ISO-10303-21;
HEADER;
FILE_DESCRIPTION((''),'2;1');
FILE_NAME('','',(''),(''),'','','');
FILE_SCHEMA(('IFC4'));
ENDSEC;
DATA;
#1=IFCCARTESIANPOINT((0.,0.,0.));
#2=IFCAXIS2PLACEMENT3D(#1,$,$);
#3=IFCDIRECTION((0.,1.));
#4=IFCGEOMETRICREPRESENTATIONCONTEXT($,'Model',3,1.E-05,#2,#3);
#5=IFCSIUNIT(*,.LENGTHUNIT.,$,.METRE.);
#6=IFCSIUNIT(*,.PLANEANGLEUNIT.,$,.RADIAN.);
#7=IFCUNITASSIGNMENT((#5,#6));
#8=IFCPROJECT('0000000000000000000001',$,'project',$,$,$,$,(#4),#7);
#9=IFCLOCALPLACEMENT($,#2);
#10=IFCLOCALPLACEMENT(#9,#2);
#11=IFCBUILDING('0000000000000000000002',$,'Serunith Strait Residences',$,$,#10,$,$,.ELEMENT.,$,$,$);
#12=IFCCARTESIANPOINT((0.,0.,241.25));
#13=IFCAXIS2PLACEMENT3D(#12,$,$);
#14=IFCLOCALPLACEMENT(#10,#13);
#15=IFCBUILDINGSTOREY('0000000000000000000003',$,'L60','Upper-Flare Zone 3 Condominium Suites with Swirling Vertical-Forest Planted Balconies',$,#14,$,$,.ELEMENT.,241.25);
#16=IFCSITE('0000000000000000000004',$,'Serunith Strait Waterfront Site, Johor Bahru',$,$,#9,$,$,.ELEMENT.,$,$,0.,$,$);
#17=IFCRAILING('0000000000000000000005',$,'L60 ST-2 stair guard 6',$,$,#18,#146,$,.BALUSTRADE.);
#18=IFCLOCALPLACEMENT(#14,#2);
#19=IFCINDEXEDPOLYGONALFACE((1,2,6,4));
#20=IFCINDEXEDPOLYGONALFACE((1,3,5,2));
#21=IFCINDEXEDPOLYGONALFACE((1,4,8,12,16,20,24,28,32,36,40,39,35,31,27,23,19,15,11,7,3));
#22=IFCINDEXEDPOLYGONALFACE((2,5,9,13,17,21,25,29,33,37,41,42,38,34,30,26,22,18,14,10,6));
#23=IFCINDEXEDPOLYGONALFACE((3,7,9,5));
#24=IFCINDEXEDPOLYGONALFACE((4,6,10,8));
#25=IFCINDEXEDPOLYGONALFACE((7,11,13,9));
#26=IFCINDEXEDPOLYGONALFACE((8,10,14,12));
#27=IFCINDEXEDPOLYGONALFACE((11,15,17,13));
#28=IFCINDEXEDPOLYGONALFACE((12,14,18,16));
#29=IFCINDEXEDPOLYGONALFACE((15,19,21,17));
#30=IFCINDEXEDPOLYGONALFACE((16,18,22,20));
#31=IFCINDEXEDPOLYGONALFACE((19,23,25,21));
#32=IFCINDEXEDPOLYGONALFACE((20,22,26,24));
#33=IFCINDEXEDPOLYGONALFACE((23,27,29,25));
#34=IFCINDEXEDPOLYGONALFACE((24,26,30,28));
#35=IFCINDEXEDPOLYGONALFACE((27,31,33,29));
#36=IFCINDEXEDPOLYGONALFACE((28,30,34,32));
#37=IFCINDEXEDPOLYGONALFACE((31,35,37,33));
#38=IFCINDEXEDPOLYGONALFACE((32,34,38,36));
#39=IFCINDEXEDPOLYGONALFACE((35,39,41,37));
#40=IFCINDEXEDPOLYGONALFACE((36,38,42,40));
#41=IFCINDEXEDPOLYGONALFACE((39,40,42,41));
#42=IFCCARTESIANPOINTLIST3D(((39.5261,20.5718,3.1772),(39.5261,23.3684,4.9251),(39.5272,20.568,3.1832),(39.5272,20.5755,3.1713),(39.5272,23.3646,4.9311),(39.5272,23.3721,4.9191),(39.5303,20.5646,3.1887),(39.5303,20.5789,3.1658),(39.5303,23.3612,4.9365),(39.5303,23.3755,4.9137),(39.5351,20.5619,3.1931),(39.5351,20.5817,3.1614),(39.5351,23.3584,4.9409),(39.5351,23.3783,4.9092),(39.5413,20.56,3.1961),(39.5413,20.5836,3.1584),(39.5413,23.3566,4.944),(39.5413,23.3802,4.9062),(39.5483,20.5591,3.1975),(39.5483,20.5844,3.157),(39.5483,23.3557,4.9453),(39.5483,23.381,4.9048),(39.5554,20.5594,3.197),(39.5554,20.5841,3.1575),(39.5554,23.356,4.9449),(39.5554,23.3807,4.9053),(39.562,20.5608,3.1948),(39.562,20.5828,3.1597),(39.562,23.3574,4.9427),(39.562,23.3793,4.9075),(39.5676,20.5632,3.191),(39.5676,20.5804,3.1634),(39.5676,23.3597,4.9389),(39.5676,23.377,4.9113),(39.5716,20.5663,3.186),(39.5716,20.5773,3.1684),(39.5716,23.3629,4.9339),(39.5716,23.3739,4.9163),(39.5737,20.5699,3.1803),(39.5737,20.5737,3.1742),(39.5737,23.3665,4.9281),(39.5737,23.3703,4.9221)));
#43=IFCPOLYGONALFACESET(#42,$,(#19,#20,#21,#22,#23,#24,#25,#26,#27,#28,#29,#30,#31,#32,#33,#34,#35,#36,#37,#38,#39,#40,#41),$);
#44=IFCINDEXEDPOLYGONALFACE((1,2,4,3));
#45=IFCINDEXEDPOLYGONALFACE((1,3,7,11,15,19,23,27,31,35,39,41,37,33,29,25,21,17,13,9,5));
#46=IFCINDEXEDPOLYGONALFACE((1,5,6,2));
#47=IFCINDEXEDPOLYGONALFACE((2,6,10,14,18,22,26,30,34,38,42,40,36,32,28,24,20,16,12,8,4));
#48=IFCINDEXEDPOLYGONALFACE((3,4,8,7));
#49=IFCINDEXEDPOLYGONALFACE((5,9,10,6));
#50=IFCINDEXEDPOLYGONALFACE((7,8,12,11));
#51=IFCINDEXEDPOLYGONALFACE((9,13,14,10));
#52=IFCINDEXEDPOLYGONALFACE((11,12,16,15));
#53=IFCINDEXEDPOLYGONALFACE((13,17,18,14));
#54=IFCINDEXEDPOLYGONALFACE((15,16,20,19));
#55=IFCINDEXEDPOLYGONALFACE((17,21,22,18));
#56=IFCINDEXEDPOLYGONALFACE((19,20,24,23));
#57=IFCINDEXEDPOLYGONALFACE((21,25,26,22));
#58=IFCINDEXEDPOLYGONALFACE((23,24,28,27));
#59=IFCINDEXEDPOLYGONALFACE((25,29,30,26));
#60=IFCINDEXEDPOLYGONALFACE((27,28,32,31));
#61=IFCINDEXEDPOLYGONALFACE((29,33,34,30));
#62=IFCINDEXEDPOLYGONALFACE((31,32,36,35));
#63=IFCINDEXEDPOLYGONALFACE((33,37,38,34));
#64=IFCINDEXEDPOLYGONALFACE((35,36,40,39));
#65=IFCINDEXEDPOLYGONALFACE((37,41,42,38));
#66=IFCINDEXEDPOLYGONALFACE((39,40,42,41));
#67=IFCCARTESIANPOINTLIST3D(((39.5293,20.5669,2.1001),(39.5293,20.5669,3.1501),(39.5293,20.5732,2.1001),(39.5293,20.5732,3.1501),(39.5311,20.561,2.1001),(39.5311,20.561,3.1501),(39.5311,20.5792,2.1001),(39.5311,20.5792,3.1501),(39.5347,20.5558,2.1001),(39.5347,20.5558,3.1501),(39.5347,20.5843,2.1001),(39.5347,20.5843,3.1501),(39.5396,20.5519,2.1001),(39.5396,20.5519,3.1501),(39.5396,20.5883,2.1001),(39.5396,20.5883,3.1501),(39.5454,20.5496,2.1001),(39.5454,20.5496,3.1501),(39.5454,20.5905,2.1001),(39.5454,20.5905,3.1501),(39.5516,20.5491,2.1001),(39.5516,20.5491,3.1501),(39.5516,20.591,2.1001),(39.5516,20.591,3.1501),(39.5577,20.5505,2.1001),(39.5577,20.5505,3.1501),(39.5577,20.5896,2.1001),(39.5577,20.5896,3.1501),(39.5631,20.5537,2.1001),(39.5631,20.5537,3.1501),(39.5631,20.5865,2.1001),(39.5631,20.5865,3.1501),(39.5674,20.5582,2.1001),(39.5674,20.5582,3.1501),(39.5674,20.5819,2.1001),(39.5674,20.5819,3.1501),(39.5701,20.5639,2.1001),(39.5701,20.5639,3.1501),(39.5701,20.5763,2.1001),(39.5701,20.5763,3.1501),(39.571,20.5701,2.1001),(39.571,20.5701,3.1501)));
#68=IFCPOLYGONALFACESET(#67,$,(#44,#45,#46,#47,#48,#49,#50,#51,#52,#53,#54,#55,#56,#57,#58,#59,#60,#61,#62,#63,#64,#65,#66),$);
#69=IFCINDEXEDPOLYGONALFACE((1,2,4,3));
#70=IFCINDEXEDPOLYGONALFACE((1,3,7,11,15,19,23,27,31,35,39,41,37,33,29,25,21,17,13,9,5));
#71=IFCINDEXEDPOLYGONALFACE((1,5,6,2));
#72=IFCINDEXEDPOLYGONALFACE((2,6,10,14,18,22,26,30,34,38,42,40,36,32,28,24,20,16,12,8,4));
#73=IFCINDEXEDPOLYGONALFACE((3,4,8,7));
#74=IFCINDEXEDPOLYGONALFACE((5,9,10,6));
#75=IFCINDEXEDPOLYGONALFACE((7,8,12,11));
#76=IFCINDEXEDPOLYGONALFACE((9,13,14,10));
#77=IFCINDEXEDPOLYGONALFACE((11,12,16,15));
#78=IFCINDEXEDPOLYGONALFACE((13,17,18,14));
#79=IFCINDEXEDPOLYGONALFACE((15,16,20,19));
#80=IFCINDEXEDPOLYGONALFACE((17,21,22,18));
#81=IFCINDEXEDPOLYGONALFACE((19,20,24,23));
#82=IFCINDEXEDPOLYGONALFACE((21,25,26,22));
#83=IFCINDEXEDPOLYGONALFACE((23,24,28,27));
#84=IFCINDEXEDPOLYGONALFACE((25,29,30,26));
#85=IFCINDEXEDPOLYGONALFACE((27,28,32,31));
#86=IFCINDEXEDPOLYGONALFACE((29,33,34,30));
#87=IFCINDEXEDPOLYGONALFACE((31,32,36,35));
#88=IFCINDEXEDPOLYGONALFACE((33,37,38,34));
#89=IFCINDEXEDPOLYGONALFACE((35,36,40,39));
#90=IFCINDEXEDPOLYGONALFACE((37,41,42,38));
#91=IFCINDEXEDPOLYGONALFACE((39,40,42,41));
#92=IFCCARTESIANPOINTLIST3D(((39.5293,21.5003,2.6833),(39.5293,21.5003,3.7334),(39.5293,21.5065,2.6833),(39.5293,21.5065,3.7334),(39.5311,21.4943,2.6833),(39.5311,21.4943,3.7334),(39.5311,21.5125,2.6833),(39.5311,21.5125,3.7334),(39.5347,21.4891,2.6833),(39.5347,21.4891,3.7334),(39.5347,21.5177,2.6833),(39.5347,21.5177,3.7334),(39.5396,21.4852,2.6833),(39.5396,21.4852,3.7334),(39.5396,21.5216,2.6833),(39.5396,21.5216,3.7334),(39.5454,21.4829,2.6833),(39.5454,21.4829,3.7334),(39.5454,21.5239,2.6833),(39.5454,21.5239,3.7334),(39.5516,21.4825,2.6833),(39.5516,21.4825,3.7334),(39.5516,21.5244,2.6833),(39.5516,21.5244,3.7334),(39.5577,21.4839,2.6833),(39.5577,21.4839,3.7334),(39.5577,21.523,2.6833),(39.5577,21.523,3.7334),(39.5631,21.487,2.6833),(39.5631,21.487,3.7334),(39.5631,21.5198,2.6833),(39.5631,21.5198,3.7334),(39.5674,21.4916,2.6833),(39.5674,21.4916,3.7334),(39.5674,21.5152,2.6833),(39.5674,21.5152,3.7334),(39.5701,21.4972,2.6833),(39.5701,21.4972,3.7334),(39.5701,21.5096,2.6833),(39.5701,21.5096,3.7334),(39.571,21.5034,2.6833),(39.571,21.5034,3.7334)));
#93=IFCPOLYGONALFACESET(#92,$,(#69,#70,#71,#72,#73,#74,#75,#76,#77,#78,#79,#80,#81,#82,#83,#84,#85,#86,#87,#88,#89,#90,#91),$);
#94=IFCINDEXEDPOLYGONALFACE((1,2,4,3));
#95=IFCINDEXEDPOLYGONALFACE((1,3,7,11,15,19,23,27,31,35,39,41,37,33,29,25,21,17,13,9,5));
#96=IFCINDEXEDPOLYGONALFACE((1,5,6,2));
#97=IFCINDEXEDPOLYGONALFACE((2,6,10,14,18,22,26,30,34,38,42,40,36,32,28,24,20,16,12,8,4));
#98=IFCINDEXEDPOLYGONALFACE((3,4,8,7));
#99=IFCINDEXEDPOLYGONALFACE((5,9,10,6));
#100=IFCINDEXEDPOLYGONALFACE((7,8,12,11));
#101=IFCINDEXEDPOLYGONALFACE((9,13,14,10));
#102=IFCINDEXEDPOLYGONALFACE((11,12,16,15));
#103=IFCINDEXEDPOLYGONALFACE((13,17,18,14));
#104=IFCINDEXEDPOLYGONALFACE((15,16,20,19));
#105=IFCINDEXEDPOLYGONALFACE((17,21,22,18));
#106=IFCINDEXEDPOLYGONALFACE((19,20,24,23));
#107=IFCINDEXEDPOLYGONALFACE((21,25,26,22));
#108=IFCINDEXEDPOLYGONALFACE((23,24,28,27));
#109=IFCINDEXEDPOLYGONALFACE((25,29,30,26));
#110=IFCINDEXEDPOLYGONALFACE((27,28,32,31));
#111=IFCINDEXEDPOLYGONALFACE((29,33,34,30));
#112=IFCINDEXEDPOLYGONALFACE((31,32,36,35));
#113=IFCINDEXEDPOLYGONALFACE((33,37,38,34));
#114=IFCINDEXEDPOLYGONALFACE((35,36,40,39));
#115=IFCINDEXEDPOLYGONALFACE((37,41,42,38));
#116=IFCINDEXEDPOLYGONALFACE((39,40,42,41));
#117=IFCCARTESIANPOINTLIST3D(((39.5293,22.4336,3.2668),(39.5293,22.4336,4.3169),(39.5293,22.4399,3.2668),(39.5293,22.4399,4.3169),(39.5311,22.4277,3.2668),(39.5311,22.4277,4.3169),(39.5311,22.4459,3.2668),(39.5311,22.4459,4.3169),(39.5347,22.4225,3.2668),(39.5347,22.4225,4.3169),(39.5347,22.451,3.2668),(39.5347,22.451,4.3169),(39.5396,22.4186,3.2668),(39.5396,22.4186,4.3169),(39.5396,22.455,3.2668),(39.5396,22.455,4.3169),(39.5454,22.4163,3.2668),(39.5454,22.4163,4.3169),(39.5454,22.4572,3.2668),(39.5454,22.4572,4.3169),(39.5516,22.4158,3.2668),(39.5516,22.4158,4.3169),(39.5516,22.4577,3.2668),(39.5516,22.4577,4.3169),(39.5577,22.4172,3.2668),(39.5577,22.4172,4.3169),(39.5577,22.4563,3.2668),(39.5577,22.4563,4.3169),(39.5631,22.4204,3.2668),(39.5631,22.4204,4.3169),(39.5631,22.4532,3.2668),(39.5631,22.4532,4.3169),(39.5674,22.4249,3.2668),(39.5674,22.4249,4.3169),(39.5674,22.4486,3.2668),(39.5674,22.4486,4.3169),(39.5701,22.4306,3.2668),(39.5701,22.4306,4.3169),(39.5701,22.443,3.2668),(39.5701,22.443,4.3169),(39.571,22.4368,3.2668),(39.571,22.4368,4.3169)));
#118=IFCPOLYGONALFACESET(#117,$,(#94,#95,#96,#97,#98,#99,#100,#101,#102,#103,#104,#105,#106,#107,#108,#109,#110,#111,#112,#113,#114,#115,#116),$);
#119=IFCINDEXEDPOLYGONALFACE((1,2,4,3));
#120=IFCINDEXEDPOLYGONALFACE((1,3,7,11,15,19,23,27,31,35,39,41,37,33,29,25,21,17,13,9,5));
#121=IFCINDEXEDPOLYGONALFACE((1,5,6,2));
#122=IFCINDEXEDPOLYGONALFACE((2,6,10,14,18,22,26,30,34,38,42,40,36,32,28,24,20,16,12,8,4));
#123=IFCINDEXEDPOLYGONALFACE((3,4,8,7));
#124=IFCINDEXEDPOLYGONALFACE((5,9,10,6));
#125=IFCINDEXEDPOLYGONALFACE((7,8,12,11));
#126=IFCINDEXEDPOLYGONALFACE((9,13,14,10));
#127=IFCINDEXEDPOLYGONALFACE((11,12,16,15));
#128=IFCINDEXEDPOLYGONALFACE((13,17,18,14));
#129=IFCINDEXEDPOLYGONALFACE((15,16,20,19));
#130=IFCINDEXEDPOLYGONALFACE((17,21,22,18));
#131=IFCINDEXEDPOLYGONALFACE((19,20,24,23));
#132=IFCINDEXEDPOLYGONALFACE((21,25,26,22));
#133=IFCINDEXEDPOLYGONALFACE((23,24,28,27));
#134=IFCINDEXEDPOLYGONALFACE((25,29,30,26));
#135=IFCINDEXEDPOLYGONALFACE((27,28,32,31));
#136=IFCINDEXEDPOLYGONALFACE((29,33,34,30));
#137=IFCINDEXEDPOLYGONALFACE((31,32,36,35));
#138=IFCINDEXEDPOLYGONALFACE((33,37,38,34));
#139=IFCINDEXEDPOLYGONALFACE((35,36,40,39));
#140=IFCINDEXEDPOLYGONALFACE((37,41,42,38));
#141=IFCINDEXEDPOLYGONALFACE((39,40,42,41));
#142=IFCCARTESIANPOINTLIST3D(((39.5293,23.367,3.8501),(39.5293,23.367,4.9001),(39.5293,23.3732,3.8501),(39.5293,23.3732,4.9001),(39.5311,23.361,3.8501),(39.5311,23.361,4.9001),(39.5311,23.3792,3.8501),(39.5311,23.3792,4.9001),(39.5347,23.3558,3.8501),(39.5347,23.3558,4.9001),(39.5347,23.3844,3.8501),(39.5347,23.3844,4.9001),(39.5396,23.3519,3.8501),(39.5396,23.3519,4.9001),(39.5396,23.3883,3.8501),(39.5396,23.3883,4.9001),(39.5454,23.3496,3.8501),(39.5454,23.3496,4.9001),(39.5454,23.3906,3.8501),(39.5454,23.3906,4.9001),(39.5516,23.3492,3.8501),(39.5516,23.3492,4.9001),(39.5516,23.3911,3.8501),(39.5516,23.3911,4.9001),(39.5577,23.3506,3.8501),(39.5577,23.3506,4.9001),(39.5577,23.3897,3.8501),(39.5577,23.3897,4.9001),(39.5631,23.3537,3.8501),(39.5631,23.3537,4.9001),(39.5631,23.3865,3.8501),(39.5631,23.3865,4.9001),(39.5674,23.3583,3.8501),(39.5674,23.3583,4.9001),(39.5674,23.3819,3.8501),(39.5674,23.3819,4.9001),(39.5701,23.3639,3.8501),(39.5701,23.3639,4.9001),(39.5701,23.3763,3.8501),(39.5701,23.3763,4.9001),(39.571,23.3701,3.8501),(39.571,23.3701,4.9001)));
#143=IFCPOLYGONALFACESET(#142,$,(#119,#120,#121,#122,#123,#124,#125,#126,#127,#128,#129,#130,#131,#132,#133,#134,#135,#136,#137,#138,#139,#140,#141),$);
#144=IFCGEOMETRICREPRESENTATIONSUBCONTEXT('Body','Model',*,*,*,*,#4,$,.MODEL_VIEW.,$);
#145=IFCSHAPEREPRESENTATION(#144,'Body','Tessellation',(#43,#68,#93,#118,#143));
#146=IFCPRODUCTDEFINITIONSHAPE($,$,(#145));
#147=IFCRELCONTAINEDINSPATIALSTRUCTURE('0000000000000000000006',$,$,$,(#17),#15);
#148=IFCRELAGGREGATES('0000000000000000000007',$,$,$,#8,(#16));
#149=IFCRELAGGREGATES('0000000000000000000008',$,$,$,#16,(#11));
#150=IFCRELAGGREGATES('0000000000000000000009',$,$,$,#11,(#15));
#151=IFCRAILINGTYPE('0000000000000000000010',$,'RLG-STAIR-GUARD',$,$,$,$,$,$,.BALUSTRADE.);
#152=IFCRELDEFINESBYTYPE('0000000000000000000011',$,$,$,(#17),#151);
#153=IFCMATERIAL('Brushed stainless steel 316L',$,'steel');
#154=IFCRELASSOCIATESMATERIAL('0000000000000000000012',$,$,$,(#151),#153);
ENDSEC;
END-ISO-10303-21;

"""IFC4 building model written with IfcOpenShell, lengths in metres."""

from ifc_helpers import new_model, si_unit, direction, frame, origin, origin_2d, place, context, subcontext, project, spatial, circle, extrude, material, type_object, element, save


model = new_model("IFC4")

# Units and contexts
model_context = context("Model", 3, precision=1e-05, world=origin(), true_north=direction((0.0, 1.0)))
body_context = subcontext(model_context, "Body", "Model", "MODEL_VIEW")
ifc_project = project(units=[si_unit("LENGTHUNIT", "METRE"), si_unit("PLANEANGLEUNIT", "RADIAN")], contexts=[model_context])

# Site, building, storey
site_placement = place(None, origin())
site = spatial("IfcSite", under=ifc_project, at=site_placement, Name="Serunith Strait Waterfront Site, Johor Bahru", CompositionType="ELEMENT", RefElevation=0.0)
building_placement = place(site_placement, origin())
building = spatial("IfcBuilding", under=site, at=building_placement, Name="Serunith Strait Residences", CompositionType="ELEMENT")
storey_placement = place(building_placement, frame((0.0, 0.0, 241.25)))
storey = spatial("IfcBuildingStorey", under=building, at=storey_placement, Name="L60", Description="Upper-Flare Zone 3 Condominium Suites with Swirling Vertical-Forest Planted Balconies", CompositionType="ELEMENT", Elevation=241.25)

# Railing
ifc_material_1 = material(Name="Brushed stainless steel 316L", Category="steel")
railing_type_1 = type_object("IfcRailingType", Name="RLG-STAIR-GUARD", PredefinedType="BALUSTRADE", material=ifc_material_1)
railing_1_placement = place(storey_placement, frame((39.55, 20.5701, 2.1001)))
element("IfcRailing", 1, at=railing_1_placement, inside=storey, type_object=railing_type_1, Name="L60 ST-2 stair guard 6", PredefinedType="BALUSTRADE", context=body_context, shape_type="SweptSolid", body=[
    extrude(circle(Radius=0.0239, at=origin_2d()), frame((0.0, 0.0017, 1.0771), z_axis=(0.0, 0.848002, 0.529992), x_axis=(-1.0, 0.0, 0.0)), (0.0, 0.0, 1.0), 3.2979),
    extrude(circle(Radius=0.021, at=origin_2d()), origin(), (0.0, 0.0, 1.0), 1.05),
    extrude(circle(Radius=0.021, at=origin_2d()), frame((0.0, 0.9333, 0.5833)), (0.0, 0.0, 1.0), 1.05),
    extrude(circle(Radius=0.021, at=origin_2d()), frame((0.0, 1.8667, 1.1667)), (0.0, 0.0, 1.0), 1.05),
    extrude(circle(Radius=0.021, at=origin_2d()), frame((0.0, 2.8, 1.75)), (0.0, 0.0, 1.0), 1.05),
])

save(model, "model.ifc")
